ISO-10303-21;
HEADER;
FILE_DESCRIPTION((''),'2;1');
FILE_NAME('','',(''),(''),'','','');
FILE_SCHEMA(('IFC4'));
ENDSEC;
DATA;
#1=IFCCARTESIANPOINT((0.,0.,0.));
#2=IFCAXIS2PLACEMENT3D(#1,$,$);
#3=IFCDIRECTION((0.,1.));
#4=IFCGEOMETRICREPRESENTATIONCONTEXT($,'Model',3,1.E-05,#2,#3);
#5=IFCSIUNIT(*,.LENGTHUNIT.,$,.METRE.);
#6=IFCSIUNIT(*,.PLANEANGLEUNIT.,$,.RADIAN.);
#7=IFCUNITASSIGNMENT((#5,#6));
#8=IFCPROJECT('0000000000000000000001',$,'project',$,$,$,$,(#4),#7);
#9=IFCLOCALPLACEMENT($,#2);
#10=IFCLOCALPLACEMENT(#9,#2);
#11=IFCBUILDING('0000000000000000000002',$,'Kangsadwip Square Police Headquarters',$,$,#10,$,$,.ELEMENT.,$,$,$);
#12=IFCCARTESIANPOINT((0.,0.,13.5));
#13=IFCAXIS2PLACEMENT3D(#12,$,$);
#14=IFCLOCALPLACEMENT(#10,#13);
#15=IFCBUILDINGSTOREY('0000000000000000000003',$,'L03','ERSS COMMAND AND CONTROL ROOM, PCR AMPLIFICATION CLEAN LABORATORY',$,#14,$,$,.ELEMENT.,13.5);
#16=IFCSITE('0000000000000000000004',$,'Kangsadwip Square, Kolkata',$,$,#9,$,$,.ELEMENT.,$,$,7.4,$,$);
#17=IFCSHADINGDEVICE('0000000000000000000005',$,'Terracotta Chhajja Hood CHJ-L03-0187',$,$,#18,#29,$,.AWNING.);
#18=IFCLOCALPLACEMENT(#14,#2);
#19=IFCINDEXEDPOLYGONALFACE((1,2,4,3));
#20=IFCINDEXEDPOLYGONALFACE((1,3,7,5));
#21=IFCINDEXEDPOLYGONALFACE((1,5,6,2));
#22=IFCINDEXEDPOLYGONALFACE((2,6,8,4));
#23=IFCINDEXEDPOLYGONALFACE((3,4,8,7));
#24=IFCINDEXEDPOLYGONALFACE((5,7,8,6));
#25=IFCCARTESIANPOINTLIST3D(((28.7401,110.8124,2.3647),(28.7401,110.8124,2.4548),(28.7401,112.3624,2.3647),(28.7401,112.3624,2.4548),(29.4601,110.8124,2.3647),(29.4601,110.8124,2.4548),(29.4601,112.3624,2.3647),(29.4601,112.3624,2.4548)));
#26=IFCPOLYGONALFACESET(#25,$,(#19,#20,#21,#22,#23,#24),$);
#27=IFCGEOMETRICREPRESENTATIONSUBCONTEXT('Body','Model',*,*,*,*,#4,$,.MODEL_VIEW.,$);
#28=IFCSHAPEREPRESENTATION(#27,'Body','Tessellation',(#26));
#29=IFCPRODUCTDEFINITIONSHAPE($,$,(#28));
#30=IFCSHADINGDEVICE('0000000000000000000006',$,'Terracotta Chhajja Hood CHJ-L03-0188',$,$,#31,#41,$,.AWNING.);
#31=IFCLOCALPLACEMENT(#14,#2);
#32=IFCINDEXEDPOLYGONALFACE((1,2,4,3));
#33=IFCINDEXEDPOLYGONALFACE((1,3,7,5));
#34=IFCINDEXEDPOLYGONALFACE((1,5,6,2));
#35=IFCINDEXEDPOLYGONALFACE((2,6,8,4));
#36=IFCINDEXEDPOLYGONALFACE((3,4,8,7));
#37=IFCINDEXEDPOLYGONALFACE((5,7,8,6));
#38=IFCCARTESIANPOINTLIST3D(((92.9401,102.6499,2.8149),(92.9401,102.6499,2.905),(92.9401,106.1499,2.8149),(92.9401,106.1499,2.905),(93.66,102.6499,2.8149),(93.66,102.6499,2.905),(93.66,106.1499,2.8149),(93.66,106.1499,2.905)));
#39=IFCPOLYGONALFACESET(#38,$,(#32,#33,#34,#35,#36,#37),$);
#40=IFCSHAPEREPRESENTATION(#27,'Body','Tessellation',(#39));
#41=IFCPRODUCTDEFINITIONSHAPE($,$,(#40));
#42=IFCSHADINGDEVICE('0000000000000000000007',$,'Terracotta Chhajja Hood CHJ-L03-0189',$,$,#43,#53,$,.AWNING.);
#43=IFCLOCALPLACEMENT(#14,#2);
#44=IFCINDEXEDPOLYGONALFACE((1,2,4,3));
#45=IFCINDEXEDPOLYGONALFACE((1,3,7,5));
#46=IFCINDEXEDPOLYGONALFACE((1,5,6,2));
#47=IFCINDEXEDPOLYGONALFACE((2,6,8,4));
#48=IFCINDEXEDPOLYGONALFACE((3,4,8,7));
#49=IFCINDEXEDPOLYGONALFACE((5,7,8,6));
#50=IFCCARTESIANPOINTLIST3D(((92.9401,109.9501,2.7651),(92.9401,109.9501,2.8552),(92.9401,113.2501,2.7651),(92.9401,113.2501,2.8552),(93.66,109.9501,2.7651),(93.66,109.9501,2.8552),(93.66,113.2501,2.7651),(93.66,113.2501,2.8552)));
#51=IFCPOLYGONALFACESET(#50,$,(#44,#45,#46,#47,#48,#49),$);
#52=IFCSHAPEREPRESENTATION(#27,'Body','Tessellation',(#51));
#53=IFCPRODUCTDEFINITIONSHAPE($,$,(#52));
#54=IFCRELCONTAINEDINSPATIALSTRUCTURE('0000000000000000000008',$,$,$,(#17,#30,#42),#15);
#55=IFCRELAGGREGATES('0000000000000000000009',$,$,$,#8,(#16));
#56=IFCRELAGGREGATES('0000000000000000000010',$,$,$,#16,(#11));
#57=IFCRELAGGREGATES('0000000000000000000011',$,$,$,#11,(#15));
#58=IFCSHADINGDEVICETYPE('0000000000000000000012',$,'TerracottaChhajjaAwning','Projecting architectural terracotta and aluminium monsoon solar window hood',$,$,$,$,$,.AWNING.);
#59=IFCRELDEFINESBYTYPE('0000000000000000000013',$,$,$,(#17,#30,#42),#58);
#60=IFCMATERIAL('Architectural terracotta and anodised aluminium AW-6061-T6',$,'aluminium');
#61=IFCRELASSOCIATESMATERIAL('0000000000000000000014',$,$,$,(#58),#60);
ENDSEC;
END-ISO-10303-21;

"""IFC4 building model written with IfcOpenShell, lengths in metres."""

from ifc_helpers import new_model, si_unit, direction, frame, origin, origin_2d, place, context, subcontext, project, spatial, rectangle, extrude, material, type_object, element, save


model = new_model("IFC4")

# Units and contexts
model_context = context("Model", 3, precision=1e-05, world=origin(), true_north=direction((0.0, 1.0)))
body_context = subcontext(model_context, "Body", "Model", "MODEL_VIEW")
ifc_project = project(units=[si_unit("LENGTHUNIT", "METRE"), si_unit("PLANEANGLEUNIT", "RADIAN")], contexts=[model_context])

# Site, building, storey
site_placement = place(None, origin())
site = spatial("IfcSite", under=ifc_project, at=site_placement, Name="Kangsadwip Square, Kolkata", CompositionType="ELEMENT", RefElevation=7.4)
building_placement = place(site_placement, origin())
building = spatial("IfcBuilding", under=site, at=building_placement, Name="Kangsadwip Square Police Headquarters", CompositionType="ELEMENT")
storey_placement = place(building_placement, frame((0.0, 0.0, 13.5)))
storey = spatial("IfcBuildingStorey", under=building, at=storey_placement, Name="L03", Description="ERSS COMMAND AND CONTROL ROOM, PCR AMPLIFICATION CLEAN LABORATORY", CompositionType="ELEMENT", Elevation=13.5)

# Shading devices
ifc_material_1 = material(Name="Architectural terracotta and anodised aluminium AW-6061-T6", Category="aluminium")
shading_device_type = type_object("IfcShadingDeviceType", Name="TerracottaChhajjaAwning", Description="Projecting architectural terracotta and aluminium monsoon solar window hood", PredefinedType="AWNING", material=ifc_material_1)
shading_device_1_placement = place(storey_placement, frame((29.1001, 111.5874, 2.3647), z_axis=(0.0, 0.0, 1.0), x_axis=(0.0, 1.0, 0.0)))
element("IfcShadingDevice", 1, at=shading_device_1_placement, inside=storey, type_object=shading_device_type, Name="Terracotta Chhajja Hood CHJ-L03-0187", PredefinedType="AWNING", context=body_context, shape_type="SweptSolid", body=[
    extrude(rectangle(XDim=1.55, YDim=0.72, at=origin_2d()), origin(), (0.0, 0.0, 1.0), 0.0901),
])
shading_device_2_placement = place(storey_placement, frame((93.3, 104.3999, 2.8149), z_axis=(0.0, 0.0, 1.0), x_axis=(0.0, 1.0, 0.0)))
element("IfcShadingDevice", 2, at=shading_device_2_placement, inside=storey, type_object=shading_device_type, Name="Terracotta Chhajja Hood CHJ-L03-0188", PredefinedType="AWNING", context=body_context, shape_type="SweptSolid", body=[
    extrude(rectangle(XDim=3.5, YDim=0.72, at=origin_2d()), origin(), (0.0, 0.0, 1.0), 0.0901),
])
shading_device_3_placement = place(storey_placement, frame((93.3, 111.6001, 2.7651), z_axis=(0.0, 0.0, 1.0), x_axis=(0.0, 1.0, 0.0)))
element("IfcShadingDevice", 3, at=shading_device_3_placement, inside=storey, type_object=shading_device_type, Name="Terracotta Chhajja Hood CHJ-L03-0189", PredefinedType="AWNING", context=body_context, shape_type="SweptSolid", body=[
    extrude(rectangle(XDim=3.3, YDim=0.72, at=origin_2d()), origin(), (0.0, 0.0, 1.0), 0.0901),
])

save(model, "model.ifc")
